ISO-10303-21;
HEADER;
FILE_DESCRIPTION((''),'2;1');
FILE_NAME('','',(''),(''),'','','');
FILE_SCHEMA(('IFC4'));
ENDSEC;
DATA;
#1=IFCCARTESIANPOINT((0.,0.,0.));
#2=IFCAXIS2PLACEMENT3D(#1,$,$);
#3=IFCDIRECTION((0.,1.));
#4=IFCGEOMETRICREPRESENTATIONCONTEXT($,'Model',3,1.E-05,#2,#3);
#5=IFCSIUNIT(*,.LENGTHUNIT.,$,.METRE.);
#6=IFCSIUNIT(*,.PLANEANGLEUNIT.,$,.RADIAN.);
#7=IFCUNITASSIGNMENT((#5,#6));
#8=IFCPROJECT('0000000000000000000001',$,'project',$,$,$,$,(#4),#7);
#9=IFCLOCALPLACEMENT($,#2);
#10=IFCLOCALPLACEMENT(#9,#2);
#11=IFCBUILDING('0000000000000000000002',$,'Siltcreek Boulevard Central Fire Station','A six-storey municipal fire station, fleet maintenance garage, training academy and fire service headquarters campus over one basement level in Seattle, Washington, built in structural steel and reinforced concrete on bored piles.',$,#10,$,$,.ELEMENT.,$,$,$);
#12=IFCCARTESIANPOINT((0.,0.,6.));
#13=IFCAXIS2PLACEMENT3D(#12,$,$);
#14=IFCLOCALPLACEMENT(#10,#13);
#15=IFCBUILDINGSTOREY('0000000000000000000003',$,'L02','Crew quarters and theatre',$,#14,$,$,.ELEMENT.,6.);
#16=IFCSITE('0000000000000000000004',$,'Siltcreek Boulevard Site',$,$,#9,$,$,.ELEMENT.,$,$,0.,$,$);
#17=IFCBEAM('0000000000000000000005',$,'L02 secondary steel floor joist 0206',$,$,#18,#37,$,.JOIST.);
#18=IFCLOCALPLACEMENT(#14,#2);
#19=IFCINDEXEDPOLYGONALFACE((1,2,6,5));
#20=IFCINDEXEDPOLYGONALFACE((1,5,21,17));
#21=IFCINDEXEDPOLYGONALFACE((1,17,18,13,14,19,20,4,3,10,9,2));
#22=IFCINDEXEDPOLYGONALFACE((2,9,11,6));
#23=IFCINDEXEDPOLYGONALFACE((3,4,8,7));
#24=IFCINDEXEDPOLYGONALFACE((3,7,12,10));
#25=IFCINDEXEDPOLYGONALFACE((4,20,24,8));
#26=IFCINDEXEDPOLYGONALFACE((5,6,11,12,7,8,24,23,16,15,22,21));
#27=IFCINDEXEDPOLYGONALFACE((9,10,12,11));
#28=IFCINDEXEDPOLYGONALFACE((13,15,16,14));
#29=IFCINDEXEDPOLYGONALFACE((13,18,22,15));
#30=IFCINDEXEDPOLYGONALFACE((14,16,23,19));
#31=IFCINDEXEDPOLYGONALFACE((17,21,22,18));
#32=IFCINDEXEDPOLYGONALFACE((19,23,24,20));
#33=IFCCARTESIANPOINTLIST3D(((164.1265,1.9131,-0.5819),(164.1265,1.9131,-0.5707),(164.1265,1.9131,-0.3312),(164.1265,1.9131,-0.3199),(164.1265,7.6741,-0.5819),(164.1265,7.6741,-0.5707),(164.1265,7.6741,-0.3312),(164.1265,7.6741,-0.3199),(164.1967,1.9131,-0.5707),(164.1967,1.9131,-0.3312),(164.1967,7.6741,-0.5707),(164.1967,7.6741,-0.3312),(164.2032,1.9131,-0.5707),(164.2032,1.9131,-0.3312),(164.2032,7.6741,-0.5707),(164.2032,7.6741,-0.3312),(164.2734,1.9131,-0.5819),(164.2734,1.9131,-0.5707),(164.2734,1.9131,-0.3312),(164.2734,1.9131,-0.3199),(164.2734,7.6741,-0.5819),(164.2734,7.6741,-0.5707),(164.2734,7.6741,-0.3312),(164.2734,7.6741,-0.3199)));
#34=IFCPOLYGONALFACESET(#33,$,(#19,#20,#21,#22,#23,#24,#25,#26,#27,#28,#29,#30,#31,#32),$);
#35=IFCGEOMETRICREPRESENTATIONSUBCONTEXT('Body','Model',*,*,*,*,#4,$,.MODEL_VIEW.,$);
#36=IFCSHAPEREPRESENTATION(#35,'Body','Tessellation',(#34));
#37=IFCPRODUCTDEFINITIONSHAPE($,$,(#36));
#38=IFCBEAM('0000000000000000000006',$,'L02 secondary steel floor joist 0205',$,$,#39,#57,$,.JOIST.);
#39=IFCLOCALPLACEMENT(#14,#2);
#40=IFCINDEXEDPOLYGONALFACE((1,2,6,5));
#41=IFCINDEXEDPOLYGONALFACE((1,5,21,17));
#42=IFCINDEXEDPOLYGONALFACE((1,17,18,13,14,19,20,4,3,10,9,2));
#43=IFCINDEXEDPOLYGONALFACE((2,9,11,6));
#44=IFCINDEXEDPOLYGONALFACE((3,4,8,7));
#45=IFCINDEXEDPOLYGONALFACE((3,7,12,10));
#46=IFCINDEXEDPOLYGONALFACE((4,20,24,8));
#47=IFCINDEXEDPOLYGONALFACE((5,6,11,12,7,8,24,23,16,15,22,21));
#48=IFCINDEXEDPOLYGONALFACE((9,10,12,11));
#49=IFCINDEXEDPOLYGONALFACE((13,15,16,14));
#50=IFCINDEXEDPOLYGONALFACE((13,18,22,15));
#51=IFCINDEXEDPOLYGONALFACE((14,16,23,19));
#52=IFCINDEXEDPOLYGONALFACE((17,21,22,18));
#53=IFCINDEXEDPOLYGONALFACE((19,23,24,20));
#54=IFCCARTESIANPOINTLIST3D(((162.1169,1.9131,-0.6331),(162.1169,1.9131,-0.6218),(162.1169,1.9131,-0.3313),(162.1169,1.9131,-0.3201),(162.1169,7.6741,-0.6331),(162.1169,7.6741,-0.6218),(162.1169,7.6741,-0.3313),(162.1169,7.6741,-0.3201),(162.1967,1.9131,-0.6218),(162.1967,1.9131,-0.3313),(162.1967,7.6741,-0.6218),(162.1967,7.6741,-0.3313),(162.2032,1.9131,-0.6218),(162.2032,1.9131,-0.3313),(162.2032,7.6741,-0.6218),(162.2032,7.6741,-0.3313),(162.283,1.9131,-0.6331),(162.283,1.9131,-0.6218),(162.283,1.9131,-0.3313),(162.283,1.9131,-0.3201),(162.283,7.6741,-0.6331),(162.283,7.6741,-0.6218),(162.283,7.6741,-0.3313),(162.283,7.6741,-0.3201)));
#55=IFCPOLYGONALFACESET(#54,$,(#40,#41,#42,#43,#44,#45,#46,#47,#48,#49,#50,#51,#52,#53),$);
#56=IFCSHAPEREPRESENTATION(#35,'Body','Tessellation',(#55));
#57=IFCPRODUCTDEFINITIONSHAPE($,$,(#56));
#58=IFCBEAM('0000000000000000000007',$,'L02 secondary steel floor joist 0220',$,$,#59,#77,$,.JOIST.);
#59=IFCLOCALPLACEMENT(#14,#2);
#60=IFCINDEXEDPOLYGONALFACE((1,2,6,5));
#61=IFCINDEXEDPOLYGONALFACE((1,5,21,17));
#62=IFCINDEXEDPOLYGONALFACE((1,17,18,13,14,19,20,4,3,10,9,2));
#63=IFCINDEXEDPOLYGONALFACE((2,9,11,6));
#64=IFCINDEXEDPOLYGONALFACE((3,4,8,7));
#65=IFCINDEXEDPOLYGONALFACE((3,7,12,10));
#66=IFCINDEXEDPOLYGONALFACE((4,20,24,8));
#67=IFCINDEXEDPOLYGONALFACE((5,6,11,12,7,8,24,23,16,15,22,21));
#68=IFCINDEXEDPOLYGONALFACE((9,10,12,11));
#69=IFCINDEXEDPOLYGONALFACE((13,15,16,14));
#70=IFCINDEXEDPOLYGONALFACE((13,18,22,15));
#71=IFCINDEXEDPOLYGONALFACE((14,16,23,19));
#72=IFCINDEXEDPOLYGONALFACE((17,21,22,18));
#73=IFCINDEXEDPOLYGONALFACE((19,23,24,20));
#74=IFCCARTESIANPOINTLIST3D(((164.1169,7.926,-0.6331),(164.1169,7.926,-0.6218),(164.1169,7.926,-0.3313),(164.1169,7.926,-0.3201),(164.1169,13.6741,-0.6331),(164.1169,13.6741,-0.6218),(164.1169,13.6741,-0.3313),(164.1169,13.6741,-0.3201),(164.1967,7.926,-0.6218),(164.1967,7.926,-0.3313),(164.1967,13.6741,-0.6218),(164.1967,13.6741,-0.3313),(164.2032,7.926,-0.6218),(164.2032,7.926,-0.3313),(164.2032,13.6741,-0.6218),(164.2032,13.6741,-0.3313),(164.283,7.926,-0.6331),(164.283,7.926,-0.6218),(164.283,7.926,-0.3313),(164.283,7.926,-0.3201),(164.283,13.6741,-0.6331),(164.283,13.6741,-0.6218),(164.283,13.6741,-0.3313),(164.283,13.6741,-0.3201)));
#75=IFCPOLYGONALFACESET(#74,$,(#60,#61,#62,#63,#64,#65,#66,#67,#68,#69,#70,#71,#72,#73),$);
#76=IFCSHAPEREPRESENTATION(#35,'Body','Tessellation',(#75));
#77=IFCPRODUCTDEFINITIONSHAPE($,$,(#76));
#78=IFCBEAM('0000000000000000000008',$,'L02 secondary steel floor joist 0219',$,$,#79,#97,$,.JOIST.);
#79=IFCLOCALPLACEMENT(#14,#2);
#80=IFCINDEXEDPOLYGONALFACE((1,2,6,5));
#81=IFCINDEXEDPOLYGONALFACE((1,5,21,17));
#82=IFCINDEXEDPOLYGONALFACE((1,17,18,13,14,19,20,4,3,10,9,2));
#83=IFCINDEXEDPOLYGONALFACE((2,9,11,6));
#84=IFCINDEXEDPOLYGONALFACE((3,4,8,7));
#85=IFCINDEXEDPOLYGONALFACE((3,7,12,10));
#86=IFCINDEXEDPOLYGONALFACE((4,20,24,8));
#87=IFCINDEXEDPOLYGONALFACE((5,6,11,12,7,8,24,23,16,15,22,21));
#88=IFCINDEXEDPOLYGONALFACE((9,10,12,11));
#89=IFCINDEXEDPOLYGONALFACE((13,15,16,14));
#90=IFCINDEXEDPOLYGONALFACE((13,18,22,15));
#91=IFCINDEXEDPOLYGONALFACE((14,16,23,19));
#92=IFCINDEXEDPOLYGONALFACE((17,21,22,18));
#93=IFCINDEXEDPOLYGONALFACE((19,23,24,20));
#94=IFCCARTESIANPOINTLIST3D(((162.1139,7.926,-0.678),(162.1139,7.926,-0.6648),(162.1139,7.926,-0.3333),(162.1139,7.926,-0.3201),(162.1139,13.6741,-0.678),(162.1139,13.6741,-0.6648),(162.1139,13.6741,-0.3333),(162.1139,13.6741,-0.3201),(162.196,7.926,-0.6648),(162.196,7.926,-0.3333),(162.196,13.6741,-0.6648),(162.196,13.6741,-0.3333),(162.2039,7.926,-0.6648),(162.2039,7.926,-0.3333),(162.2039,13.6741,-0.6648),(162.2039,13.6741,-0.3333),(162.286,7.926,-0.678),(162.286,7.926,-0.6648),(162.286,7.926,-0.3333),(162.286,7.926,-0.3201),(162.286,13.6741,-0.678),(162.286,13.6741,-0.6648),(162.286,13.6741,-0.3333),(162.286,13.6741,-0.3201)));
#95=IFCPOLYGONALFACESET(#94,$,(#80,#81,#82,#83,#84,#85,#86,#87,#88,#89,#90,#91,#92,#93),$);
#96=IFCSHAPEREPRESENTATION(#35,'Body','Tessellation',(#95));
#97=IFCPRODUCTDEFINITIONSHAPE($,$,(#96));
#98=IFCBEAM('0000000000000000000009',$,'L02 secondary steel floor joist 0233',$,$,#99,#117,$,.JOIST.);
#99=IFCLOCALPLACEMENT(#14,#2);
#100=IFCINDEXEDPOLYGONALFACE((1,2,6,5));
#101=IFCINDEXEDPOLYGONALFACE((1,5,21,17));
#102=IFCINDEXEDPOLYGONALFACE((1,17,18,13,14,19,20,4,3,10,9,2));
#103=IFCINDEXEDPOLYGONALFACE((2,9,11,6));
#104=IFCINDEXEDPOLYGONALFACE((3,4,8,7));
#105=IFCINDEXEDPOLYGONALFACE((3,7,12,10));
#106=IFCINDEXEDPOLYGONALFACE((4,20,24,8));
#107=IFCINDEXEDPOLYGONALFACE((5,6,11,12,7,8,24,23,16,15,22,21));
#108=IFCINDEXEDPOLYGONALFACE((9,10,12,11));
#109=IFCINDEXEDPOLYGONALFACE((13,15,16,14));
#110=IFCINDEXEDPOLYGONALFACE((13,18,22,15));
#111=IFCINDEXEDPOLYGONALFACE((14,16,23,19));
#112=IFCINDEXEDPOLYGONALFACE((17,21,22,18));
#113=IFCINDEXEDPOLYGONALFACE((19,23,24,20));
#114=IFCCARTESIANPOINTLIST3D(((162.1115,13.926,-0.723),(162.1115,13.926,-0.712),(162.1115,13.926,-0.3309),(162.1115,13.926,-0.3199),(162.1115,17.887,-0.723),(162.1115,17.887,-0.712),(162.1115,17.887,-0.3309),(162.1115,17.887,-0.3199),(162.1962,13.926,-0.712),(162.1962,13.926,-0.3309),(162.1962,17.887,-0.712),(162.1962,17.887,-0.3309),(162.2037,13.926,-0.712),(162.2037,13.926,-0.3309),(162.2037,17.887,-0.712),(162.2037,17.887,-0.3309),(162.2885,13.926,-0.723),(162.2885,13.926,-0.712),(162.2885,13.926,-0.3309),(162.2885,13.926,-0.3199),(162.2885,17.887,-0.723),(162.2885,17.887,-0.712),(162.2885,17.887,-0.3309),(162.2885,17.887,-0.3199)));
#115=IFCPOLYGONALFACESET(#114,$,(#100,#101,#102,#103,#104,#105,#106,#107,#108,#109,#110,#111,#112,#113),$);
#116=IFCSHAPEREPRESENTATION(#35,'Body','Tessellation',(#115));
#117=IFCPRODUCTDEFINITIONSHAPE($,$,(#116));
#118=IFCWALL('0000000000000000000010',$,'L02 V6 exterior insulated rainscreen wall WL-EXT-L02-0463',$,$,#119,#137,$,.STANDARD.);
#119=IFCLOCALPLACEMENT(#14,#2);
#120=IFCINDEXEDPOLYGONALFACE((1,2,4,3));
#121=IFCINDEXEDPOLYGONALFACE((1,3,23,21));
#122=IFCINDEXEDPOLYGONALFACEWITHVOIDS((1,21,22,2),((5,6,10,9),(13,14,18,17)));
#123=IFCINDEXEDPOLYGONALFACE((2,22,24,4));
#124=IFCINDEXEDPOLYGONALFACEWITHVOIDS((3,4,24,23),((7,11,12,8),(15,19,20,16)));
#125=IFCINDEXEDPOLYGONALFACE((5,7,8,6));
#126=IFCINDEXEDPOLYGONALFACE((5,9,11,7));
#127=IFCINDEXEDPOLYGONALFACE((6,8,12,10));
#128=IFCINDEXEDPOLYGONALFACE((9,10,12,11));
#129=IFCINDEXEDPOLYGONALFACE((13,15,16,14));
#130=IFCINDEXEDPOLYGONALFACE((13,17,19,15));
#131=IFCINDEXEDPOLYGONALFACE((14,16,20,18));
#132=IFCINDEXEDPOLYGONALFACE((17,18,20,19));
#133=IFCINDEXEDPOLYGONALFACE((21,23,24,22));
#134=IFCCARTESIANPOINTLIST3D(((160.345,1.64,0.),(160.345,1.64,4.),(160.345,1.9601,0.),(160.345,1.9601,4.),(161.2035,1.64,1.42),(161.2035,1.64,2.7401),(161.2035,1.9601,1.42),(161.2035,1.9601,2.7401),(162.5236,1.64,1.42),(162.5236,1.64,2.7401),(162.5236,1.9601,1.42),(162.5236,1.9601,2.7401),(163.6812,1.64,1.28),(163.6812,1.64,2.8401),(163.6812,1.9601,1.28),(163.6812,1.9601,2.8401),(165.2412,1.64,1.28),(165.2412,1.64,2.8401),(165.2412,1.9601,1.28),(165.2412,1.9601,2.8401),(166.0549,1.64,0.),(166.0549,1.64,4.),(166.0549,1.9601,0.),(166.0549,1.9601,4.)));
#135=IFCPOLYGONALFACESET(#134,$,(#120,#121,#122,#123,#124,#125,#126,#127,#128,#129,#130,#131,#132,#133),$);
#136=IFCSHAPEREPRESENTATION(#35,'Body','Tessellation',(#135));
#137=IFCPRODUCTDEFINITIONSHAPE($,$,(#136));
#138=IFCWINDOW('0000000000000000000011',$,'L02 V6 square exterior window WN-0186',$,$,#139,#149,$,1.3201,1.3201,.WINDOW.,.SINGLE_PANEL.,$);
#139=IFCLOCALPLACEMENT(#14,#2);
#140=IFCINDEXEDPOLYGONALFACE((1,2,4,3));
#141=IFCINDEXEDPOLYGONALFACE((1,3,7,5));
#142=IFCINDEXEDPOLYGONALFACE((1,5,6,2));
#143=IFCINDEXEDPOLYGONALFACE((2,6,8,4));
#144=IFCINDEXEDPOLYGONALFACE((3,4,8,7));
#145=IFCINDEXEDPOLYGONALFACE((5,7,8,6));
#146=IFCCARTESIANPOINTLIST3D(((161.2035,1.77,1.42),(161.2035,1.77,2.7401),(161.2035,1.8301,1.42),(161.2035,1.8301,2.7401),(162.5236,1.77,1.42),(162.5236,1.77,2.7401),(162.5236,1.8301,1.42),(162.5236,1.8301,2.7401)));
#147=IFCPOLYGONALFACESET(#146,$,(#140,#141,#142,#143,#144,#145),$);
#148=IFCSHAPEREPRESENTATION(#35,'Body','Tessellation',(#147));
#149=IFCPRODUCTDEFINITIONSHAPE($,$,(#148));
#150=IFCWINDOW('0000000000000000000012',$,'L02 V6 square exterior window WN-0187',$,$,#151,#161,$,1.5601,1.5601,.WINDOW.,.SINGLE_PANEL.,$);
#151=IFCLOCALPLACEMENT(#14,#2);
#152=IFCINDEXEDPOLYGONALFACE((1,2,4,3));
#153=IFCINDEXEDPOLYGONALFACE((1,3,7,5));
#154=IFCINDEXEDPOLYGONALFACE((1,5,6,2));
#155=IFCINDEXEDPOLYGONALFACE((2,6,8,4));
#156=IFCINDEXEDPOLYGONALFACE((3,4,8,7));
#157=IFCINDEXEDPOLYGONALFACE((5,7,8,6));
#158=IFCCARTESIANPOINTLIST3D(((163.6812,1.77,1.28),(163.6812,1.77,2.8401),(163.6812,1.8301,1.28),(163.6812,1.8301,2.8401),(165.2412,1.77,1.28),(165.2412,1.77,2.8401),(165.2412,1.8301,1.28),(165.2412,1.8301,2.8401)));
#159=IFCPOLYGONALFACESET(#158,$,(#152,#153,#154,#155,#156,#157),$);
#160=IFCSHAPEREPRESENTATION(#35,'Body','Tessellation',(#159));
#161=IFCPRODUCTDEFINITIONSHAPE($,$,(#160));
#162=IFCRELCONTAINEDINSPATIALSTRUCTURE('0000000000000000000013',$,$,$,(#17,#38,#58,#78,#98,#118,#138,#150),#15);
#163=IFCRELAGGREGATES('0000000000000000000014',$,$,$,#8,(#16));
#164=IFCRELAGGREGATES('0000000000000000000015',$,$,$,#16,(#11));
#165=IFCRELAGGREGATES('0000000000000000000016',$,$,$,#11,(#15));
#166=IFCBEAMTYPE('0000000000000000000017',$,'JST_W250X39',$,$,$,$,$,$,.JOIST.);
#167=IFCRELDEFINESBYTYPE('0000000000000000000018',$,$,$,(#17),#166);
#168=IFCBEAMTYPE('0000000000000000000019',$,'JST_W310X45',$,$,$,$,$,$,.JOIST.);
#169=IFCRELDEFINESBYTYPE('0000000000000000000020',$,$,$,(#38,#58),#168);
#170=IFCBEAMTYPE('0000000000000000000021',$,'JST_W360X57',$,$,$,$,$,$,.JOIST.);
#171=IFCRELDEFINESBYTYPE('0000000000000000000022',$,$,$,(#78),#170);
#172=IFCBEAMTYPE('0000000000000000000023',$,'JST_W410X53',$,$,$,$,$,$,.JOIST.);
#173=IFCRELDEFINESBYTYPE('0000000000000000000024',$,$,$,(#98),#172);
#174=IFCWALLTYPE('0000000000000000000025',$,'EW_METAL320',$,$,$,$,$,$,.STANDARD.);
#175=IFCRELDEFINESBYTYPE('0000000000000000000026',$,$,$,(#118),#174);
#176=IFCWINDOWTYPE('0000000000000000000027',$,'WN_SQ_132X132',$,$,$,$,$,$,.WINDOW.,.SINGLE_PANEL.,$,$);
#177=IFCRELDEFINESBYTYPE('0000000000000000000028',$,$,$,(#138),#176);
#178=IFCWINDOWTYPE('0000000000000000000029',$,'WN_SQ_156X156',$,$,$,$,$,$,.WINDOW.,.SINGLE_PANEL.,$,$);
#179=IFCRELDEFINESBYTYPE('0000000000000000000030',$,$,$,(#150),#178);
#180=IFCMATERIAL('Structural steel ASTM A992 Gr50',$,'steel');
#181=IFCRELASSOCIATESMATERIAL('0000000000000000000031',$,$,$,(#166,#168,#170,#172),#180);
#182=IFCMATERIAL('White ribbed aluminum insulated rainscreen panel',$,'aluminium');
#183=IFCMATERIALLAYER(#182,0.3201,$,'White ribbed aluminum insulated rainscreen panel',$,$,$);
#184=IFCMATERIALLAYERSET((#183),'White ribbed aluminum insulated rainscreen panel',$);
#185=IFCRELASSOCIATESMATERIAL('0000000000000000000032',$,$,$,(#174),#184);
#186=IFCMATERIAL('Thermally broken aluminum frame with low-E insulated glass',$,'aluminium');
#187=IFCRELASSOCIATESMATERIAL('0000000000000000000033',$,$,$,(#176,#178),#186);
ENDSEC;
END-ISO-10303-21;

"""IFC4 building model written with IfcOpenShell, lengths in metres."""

from ifc_helpers import new_model, si_unit, direction, frame, frame_2d, origin, origin_2d, place, context, subcontext, project, spatial, rectangle, i_section, extrude, material, layer, layer_set, material_profile, profile_set, type_object, element, fill, save


model = new_model("IFC4")

# Units and contexts
model_context = context("Model", 3, precision=1e-05, world=origin(), true_north=direction((0.0, 1.0)))
body_context = subcontext(model_context, "Body", "Model", "MODEL_VIEW")
ifc_project = project(units=[si_unit("LENGTHUNIT", "METRE"), si_unit("PLANEANGLEUNIT", "RADIAN")], contexts=[model_context])

# Site, building, storey
site_placement = place(None, origin())
site = spatial("IfcSite", under=ifc_project, at=site_placement, Name="Siltcreek Boulevard Site", CompositionType="ELEMENT", RefElevation=0.0)
building_placement = place(site_placement, origin())
building = spatial("IfcBuilding", under=site, at=building_placement, Name="Siltcreek Boulevard Central Fire Station", Description="A six-storey municipal fire station, fleet maintenance garage, training academy and fire service headquarters campus over one basement level in Seattle, Washington, built in structural steel and reinforced concrete on bored piles.", CompositionType="ELEMENT")
storey_placement = place(building_placement, frame((0.0, 0.0, 6.0)))
storey = spatial("IfcBuildingStorey", under=building, at=storey_placement, Name="L02", Description="Crew quarters and theatre", CompositionType="ELEMENT", Elevation=6.0)

# Shared definitions
ifc_material_1 = material(Name="Structural steel ASTM A992 Gr50", Category="steel")

# Beams
ifc_material_profile_1 = material_profile(ifc_material_1, i_section(OverallWidth=0.147, OverallDepth=0.262, WebThickness=0.0066, FlangeThickness=0.0112, at=origin_2d()), Name="W250X39")
ifc_profile_set_1 = profile_set([ifc_material_profile_1], Name="Structural steel ASTM A992 Gr50")
beam_type_1 = type_object("IfcBeamType", Name="JST_W250X39", PredefinedType="JOIST", material=ifc_profile_set_1)
beam_1_placement = place(storey_placement, frame((164.2, 1.9131, -0.4509), z_axis=(0.0, 1.0, 0.0), x_axis=(-1.0, 0.0, 0.0)))
element("IfcBeam", 1, at=beam_1_placement, inside=storey, type_object=beam_type_1, Name="L02 secondary steel floor joist 0206", PredefinedType="JOIST", context=body_context, shape_type="SweptSolid", body=[
    extrude(i_section(OverallWidth=0.147, OverallDepth=0.262, WebThickness=0.0066, FlangeThickness=0.0112, at=origin_2d()), origin(), (0.0, 0.0, 1.0), 5.761),
])
ifc_material_profile_2 = material_profile(ifc_material_1, i_section(OverallWidth=0.166, OverallDepth=0.313, WebThickness=0.0066, FlangeThickness=0.0112, at=origin_2d()), Name="W310X45")
ifc_profile_set_2 = profile_set([ifc_material_profile_2], Name="Structural steel ASTM A992 Gr50")
beam_type_2 = type_object("IfcBeamType", Name="JST_W310X45", PredefinedType="JOIST", material=ifc_profile_set_2)
beam_2_placement = place(storey_placement, frame((162.2, 1.9131, -0.4766), z_axis=(0.0, 1.0, 0.0), x_axis=(-1.0, 0.0, 0.0)))
element("IfcBeam", 2, at=beam_2_placement, inside=storey, type_object=beam_type_2, Name="L02 secondary steel floor joist 0205", PredefinedType="JOIST", context=body_context, shape_type="SweptSolid", body=[
    extrude(i_section(OverallWidth=0.166, OverallDepth=0.313, WebThickness=0.0066, FlangeThickness=0.0112, at=origin_2d()), origin(), (0.0, 0.0, 1.0), 5.761),
])
beam_3_placement = place(storey_placement, frame((164.2, 7.926, -0.4766), z_axis=(0.0, 1.0, 0.0), x_axis=(-1.0, 0.0, 0.0)))
element("IfcBeam", 3, at=beam_3_placement, inside=storey, type_object=beam_type_2, Name="L02 secondary steel floor joist 0220", PredefinedType="JOIST", context=body_context, shape_type="SweptSolid", body=[
    extrude(i_section(OverallWidth=0.166, OverallDepth=0.313, WebThickness=0.0066, FlangeThickness=0.0112, at=origin_2d()), origin(), (0.0, 0.0, 1.0), 5.748),
])
ifc_material_profile_3 = material_profile(ifc_material_1, i_section(OverallWidth=0.1721, OverallDepth=0.3579, WebThickness=0.0078, FlangeThickness=0.0132, at=origin_2d()), Name="W360X57")
ifc_profile_set_3 = profile_set([ifc_material_profile_3], Name="Structural steel ASTM A992 Gr50")
beam_type_3 = type_object("IfcBeamType", Name="JST_W360X57", PredefinedType="JOIST", material=ifc_profile_set_3)
beam_4_placement = place(storey_placement, frame((162.2, 7.926, -0.499), z_axis=(0.0, 1.0, 0.0), x_axis=(-1.0, 0.0, 0.0)))
element("IfcBeam", 4, at=beam_4_placement, inside=storey, type_object=beam_type_3, Name="L02 secondary steel floor joist 0219", PredefinedType="JOIST", context=body_context, shape_type="SweptSolid", body=[
    extrude(i_section(OverallWidth=0.1721, OverallDepth=0.3579, WebThickness=0.0078, FlangeThickness=0.0132, at=origin_2d()), origin(), (0.0, 0.0, 1.0), 5.748),
])
ifc_material_profile_4 = material_profile(ifc_material_1, i_section(OverallWidth=0.177, OverallDepth=0.4031, WebThickness=0.0076, FlangeThickness=0.011, at=origin_2d()), Name="W410X53")
ifc_profile_set_4 = profile_set([ifc_material_profile_4], Name="Structural steel ASTM A992 Gr50")
beam_type_4 = type_object("IfcBeamType", Name="JST_W410X53", PredefinedType="JOIST", material=ifc_profile_set_4)
beam_5_placement = place(storey_placement, frame((162.2, 13.926, -0.5215), z_axis=(0.0, 1.0, 0.0), x_axis=(-1.0, 0.0, 0.0)))
element("IfcBeam", 5, at=beam_5_placement, inside=storey, type_object=beam_type_4, Name="L02 secondary steel floor joist 0233", PredefinedType="JOIST", context=body_context, shape_type="SweptSolid", body=[
    extrude(i_section(OverallWidth=0.177, OverallDepth=0.4031, WebThickness=0.0076, FlangeThickness=0.011, at=origin_2d()), origin(), (0.0, 0.0, 1.0), 3.9609),
])

# Wall, openings, windows
ifc_material_2 = material(Name="White ribbed aluminum insulated rainscreen panel", Category="aluminium")
ifc_layer_1 = layer(ifc_material_2, 0.3201, Name="White ribbed aluminum insulated rainscreen panel")
ifc_layer_set_1 = layer_set([ifc_layer_1], Name="White ribbed aluminum insulated rainscreen panel")
wall_type_1 = type_object("IfcWallType", Name="EW_METAL320", PredefinedType="STANDARD", material=ifc_layer_set_1)
wall_1_placement = place(storey_placement, frame((160.345, 1.8, 0.0), z_axis=(0.0, 0.0, 1.0), x_axis=(1.0, 0.0, 0.0)))
wall_1 = element("IfcWall", 6, at=wall_1_placement, inside=storey, type_object=wall_type_1, Name="L02 V6 exterior insulated rainscreen wall WL-EXT-L02-0463", PredefinedType="STANDARD", context=body_context, shape_type="SweptSolid", body=[
    extrude(rectangle(XDim=5.71, YDim=0.3201, at=frame_2d((2.855, 0.0))), origin(), (0.0, 0.0, 1.0), 4.0),
])
opening_1_placement = place(wall_1_placement, frame((0.8584, 0.0, 1.4199)))
opening_1 = element("IfcOpeningElement", 7, at=opening_1_placement, cuts=wall_1, PredefinedType="OPENING", context=body_context, shape_type="SweptSolid", body=[
    extrude(rectangle(XDim=1.3201, YDim=1.3201, at=frame_2d((0.6602, 0.6602))), frame((0.0, 0.1699, 0.0), z_axis=(0.0, -1.0, 0.0), x_axis=(1.0, 0.0, 0.0)), (0.0, 0.0, 1.0), 0.3401),
])
opening_2_placement = place(wall_1_placement, frame((3.3362, 0.0, 1.28)))
opening_2 = element("IfcOpeningElement", 8, at=opening_2_placement, cuts=wall_1, PredefinedType="OPENING", context=body_context, shape_type="SweptSolid", body=[
    extrude(rectangle(XDim=1.5601, YDim=1.5601, at=frame_2d((0.78, 0.78))), frame((0.0, 0.1699, 0.0), z_axis=(0.0, -1.0, 0.0), x_axis=(1.0, 0.0, 0.0)), (0.0, 0.0, 1.0), 0.3401),
])
ifc_material_3 = material(Name="Thermally broken aluminum frame with low-E insulated glass", Category="aluminium")
window_type_1 = type_object("IfcWindowType", Name="WN_SQ_132X132", PartitioningType="SINGLE_PANEL", PredefinedType="WINDOW", material=ifc_material_3)
window_1_placement = place(opening_1_placement, origin())
window_1 = element("IfcWindow", 9, at=window_1_placement, inside=storey, type_object=window_type_1, Name="L02 V6 square exterior window WN-0186", OverallHeight=1.3201, OverallWidth=1.3201, PartitioningType="SINGLE_PANEL", PredefinedType="WINDOW", context=body_context, shape_type="SweptSolid", body=[
    extrude(rectangle(XDim=1.3201, YDim=1.3201, at=frame_2d((0.6602, 0.6602))), frame((0.0, 0.03, 0.0), z_axis=(0.0, -1.0, 0.0), x_axis=(1.0, 0.0, 0.0)), (0.0, 0.0, 1.0), 0.0601),
])
fill(opening_1, window_1)
window_type_2 = type_object("IfcWindowType", Name="WN_SQ_156X156", PartitioningType="SINGLE_PANEL", PredefinedType="WINDOW", material=ifc_material_3)
window_2_placement = place(opening_2_placement, origin())
window_2 = element("IfcWindow", 10, at=window_2_placement, inside=storey, type_object=window_type_2, Name="L02 V6 square exterior window WN-0187", OverallHeight=1.5601, OverallWidth=1.5601, PartitioningType="SINGLE_PANEL", PredefinedType="WINDOW", context=body_context, shape_type="SweptSolid", body=[
    extrude(rectangle(XDim=1.5601, YDim=1.5601, at=frame_2d((0.78, 0.78))), frame((0.0, 0.03, 0.0), z_axis=(0.0, -1.0, 0.0), x_axis=(1.0, 0.0, 0.0)), (0.0, 0.0, 1.0), 0.0601),
])
fill(opening_2, window_2)

save(model, "model.ifc")
